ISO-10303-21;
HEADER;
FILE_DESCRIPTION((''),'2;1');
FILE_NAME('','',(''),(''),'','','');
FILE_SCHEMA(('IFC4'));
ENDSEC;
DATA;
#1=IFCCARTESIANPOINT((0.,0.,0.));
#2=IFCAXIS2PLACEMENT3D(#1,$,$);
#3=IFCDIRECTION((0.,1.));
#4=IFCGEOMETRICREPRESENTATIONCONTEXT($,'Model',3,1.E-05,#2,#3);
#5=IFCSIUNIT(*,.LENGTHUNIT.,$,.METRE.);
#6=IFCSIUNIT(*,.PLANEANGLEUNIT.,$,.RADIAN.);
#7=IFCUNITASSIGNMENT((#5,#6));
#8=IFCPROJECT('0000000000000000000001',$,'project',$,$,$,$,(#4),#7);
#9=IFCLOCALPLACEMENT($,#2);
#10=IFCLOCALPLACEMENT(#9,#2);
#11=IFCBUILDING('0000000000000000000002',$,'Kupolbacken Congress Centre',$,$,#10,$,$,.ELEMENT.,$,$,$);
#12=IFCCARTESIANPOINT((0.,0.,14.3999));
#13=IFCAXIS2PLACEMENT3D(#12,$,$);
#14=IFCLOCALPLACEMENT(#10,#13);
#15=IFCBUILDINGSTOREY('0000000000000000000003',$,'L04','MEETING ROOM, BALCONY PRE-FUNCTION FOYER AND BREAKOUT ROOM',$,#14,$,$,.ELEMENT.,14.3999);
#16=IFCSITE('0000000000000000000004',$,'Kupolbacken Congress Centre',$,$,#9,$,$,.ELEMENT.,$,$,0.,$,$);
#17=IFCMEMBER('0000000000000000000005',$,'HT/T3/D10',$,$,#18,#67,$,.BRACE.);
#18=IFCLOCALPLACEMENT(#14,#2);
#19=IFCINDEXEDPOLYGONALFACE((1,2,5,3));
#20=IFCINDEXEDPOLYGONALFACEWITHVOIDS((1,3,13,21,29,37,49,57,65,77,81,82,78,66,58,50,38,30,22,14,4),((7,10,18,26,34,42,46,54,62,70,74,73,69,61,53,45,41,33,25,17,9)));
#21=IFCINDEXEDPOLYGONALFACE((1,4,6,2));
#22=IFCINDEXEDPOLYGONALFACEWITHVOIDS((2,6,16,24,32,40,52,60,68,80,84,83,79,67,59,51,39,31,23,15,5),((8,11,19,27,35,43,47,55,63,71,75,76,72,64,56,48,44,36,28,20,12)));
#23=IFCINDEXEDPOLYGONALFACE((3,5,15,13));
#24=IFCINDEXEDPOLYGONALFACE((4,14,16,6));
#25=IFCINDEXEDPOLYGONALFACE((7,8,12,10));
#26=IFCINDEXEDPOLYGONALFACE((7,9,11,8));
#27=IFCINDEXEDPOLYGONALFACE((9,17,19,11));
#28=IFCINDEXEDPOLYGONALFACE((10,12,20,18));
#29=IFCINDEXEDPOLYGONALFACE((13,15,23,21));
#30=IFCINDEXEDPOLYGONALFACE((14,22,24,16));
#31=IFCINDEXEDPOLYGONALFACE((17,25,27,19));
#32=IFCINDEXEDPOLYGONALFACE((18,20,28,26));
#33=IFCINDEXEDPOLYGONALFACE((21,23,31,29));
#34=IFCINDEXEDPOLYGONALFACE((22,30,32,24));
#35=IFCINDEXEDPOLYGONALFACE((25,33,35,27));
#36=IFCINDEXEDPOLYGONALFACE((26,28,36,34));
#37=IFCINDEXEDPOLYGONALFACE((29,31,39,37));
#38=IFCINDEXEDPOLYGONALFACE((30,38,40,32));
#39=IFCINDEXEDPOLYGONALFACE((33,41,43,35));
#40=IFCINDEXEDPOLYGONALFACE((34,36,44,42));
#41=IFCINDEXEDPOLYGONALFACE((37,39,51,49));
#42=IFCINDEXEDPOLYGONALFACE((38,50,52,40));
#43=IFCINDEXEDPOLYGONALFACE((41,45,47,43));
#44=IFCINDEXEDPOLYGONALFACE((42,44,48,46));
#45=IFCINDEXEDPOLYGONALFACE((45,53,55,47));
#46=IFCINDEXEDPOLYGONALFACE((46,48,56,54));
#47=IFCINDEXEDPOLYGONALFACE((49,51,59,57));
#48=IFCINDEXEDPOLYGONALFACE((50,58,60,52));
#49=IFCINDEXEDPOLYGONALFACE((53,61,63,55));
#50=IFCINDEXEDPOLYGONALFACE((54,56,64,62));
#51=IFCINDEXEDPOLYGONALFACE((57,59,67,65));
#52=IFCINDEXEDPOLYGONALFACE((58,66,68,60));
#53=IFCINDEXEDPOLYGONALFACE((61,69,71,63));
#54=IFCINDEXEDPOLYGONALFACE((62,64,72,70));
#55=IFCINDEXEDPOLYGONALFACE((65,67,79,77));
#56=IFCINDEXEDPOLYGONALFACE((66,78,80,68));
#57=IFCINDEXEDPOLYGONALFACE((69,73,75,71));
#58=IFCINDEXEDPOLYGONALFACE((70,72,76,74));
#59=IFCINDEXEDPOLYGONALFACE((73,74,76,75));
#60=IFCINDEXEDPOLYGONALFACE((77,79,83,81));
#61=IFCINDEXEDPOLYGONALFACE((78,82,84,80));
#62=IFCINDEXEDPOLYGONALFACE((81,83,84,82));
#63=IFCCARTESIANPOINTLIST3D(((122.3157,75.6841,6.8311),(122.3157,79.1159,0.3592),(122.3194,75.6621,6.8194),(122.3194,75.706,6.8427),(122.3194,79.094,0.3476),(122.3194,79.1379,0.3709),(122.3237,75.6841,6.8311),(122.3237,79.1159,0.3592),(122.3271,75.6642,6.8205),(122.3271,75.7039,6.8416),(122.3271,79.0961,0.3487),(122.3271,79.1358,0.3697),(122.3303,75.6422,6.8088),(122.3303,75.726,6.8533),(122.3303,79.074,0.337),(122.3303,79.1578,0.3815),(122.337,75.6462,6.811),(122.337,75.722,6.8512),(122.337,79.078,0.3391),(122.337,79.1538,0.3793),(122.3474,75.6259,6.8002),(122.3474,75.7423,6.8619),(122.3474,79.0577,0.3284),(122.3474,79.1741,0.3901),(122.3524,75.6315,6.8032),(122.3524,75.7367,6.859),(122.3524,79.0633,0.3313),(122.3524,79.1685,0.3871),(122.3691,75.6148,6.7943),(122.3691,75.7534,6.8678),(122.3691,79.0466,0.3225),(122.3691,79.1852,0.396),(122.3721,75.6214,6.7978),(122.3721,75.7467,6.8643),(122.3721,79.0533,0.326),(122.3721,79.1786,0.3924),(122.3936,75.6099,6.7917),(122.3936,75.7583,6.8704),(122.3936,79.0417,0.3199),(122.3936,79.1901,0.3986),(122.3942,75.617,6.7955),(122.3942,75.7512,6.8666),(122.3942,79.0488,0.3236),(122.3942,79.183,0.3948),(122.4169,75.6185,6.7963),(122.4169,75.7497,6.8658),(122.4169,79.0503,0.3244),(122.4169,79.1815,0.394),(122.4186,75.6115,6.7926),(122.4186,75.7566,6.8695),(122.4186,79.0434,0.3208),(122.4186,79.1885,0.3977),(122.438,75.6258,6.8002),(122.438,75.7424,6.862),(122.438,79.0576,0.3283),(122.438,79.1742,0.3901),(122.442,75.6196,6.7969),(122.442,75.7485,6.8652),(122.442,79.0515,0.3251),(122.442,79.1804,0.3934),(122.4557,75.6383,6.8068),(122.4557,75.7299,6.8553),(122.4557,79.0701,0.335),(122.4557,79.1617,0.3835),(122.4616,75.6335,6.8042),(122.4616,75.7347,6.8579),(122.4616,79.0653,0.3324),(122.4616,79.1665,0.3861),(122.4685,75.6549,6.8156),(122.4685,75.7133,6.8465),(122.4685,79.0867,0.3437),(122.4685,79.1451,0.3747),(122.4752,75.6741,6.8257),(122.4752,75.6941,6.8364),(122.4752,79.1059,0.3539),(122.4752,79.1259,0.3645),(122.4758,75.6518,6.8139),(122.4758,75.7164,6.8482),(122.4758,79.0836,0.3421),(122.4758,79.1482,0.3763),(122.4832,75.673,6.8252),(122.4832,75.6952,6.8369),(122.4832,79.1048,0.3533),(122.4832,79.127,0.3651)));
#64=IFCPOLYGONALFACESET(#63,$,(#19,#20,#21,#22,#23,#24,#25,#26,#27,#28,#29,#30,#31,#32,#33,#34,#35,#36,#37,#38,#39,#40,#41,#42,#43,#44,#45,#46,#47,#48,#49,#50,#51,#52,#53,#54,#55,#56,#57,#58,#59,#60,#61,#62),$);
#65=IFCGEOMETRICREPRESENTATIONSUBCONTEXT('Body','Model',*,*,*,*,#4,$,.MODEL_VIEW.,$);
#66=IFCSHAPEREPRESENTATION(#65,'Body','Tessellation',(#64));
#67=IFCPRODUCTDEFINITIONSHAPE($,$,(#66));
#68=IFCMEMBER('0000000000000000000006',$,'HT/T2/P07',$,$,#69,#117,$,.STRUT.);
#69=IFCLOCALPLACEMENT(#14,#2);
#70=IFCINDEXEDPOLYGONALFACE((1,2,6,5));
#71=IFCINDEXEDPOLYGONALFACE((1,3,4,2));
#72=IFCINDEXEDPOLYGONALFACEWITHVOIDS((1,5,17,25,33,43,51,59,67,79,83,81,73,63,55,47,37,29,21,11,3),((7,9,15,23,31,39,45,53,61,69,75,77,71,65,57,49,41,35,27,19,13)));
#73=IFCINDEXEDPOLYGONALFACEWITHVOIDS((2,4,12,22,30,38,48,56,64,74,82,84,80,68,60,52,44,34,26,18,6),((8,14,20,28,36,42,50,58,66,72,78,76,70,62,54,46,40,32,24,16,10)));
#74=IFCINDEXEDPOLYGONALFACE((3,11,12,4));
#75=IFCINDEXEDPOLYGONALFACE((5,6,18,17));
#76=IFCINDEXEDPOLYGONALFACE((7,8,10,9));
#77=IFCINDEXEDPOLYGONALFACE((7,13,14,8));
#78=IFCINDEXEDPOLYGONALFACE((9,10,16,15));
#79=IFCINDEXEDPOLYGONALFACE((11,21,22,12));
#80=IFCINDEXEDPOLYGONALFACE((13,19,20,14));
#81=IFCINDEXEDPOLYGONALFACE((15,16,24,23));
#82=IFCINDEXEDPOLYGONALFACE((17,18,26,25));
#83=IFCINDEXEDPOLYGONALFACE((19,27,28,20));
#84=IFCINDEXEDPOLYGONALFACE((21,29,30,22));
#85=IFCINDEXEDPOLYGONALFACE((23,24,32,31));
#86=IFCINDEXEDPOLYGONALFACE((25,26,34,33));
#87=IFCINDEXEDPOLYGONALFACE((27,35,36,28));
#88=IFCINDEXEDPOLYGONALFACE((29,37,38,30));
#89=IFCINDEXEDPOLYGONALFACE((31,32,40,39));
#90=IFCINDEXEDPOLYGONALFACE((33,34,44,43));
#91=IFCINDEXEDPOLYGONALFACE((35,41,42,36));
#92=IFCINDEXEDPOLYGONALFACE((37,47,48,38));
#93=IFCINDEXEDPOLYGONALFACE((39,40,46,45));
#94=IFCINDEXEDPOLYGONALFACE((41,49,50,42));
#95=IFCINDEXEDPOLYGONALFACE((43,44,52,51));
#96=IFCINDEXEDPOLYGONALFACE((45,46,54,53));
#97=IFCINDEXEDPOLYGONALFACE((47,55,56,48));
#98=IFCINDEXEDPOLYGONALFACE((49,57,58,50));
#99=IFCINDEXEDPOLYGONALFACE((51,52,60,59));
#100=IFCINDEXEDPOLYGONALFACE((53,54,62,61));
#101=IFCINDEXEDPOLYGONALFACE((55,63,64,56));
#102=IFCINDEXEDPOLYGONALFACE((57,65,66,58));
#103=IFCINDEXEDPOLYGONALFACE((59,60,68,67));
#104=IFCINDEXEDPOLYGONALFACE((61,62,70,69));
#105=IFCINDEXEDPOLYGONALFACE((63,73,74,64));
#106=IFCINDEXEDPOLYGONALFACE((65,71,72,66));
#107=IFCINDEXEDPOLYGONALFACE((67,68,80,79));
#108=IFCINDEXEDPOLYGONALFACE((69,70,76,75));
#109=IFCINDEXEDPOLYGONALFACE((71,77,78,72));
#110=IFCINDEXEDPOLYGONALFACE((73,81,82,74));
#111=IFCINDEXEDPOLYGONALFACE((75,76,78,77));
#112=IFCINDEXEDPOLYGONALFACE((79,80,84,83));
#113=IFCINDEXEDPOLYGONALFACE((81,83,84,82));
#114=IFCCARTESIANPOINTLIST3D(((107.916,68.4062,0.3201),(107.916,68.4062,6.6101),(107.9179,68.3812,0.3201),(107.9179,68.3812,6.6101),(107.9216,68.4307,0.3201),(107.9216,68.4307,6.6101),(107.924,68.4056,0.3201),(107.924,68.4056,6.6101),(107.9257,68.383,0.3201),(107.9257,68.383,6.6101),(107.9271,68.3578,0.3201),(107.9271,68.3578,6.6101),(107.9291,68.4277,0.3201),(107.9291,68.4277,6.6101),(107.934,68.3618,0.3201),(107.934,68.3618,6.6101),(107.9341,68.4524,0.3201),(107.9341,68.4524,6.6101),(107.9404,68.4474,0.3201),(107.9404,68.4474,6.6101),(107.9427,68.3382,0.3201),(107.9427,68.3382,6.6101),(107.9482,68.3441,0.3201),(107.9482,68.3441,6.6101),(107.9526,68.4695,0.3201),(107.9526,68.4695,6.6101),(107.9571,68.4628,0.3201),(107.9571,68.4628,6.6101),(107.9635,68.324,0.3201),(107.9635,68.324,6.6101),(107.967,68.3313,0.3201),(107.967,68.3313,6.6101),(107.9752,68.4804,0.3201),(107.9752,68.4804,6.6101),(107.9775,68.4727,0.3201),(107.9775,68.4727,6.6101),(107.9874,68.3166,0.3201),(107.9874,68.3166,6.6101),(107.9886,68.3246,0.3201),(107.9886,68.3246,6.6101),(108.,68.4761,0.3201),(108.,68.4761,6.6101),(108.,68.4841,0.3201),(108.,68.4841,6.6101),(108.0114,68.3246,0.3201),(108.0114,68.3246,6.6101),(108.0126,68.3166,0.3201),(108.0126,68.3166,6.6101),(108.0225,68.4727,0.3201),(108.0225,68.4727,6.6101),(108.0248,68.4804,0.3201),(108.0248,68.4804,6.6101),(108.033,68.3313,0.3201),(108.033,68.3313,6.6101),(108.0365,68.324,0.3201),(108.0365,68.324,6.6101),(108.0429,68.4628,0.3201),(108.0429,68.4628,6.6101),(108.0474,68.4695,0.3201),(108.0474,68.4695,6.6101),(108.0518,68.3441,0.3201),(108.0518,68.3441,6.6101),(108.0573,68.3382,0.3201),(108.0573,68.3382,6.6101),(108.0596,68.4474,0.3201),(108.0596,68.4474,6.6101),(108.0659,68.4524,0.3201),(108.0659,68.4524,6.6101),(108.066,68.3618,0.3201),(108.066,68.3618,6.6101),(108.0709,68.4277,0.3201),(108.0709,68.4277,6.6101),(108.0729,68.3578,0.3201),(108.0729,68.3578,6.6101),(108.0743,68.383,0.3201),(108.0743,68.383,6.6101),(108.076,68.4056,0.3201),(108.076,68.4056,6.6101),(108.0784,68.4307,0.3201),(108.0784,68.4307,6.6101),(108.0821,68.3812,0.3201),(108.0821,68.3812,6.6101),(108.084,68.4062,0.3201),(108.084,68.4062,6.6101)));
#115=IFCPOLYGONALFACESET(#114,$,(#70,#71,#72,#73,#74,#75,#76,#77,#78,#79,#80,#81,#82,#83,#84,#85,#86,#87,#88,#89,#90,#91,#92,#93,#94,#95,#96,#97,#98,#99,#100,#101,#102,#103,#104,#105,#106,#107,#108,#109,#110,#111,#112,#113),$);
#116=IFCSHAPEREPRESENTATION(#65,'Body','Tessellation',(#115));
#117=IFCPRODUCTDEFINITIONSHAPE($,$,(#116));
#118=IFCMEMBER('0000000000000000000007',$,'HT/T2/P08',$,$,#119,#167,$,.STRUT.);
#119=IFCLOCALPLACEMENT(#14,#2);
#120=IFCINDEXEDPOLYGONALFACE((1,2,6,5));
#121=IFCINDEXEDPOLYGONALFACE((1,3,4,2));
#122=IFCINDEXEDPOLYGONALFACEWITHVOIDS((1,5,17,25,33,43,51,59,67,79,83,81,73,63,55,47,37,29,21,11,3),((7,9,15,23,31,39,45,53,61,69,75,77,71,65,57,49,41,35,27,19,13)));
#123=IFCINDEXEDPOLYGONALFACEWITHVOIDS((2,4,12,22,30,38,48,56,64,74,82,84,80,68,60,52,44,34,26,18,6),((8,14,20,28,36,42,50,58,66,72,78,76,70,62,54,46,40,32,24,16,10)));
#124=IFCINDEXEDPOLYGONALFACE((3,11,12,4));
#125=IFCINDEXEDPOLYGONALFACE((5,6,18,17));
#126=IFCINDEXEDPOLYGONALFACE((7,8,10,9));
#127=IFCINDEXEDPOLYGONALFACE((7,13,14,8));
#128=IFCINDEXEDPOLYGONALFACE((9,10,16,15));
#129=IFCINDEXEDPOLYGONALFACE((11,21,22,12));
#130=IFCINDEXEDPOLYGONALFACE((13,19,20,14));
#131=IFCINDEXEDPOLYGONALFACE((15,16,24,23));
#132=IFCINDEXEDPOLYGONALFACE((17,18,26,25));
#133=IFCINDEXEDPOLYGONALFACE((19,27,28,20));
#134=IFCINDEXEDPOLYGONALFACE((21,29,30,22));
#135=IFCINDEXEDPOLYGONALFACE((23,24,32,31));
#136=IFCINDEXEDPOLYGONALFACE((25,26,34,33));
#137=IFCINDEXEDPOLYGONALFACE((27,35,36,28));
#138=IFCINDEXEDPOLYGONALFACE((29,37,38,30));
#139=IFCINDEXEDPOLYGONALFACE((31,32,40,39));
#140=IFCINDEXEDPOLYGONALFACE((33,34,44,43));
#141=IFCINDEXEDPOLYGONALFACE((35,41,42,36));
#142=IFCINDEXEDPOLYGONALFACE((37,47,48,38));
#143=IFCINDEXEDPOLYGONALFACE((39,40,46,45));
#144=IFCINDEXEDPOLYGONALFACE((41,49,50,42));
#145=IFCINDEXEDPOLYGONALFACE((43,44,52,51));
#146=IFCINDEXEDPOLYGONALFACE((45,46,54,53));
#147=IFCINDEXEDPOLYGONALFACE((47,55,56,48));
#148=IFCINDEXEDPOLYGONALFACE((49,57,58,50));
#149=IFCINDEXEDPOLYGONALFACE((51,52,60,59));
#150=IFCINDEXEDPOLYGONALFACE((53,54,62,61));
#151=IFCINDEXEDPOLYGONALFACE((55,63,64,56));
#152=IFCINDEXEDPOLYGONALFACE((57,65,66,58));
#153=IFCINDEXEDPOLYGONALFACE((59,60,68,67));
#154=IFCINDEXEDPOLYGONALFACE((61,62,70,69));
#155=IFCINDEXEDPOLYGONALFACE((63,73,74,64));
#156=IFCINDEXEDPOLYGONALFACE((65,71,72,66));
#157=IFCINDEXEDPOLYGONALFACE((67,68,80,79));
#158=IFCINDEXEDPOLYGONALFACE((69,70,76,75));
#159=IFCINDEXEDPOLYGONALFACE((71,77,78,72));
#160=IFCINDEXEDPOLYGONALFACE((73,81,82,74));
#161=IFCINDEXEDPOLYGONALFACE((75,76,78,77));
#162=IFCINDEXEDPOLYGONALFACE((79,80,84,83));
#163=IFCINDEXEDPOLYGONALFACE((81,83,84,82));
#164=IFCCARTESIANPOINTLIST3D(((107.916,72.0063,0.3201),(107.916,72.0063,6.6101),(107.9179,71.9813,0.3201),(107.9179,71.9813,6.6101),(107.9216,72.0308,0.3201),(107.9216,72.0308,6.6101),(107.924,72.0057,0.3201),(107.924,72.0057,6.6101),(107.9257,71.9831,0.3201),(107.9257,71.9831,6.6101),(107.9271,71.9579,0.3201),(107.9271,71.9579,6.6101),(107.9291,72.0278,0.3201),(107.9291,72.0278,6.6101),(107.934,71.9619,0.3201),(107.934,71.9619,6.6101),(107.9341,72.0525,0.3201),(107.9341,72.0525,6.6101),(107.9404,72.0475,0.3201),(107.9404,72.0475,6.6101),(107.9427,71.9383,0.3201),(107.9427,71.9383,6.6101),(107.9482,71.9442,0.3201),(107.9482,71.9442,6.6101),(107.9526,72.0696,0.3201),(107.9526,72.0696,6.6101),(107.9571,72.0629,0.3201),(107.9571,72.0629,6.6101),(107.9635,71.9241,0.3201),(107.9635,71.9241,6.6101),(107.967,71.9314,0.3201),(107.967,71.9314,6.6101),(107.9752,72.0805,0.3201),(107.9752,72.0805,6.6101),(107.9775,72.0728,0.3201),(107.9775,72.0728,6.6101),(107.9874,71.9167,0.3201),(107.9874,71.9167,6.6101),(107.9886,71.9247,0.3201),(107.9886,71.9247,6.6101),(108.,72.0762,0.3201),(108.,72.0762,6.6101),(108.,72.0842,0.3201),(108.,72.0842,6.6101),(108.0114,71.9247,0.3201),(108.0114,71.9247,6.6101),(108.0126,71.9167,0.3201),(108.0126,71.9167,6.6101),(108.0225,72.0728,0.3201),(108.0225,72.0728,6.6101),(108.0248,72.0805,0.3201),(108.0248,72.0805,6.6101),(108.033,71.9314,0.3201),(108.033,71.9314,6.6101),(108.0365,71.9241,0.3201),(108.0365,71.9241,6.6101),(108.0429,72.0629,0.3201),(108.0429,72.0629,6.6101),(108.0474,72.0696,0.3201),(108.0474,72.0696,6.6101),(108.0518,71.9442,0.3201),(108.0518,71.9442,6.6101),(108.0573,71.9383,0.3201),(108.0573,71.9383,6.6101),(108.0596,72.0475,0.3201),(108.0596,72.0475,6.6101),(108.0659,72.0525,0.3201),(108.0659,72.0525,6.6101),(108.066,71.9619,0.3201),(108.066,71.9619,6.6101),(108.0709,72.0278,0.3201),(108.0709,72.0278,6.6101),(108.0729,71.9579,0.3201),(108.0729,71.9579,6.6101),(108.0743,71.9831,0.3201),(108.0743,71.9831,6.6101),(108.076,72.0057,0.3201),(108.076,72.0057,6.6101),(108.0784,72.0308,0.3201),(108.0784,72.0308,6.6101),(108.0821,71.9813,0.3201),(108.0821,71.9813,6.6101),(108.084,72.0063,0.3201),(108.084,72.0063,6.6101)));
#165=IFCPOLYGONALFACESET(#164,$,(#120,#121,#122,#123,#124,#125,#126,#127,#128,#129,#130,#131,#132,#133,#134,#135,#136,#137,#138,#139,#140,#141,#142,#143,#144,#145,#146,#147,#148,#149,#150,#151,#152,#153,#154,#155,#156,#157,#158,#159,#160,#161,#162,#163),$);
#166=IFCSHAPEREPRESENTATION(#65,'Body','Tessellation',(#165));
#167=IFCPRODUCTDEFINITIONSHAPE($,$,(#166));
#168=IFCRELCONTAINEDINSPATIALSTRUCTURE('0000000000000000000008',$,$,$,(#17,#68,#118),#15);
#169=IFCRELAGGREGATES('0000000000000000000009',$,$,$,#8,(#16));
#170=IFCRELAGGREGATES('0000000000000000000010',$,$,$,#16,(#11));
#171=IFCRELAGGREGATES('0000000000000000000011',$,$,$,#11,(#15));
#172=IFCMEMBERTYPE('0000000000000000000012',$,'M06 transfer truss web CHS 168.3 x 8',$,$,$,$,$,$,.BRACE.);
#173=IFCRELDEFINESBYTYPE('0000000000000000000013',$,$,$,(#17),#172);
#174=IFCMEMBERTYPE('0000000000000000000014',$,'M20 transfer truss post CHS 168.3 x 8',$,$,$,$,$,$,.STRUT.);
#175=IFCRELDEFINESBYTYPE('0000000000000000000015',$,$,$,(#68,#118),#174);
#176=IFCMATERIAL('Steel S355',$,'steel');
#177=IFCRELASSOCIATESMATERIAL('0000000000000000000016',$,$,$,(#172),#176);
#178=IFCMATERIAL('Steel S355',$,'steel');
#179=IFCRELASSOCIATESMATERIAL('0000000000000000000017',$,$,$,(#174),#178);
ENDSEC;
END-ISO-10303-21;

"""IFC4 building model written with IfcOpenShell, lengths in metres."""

from ifc_helpers import new_model, si_unit, direction, frame, origin, origin_2d, place, context, subcontext, project, spatial, hollow_circle, extrude, material, material_profile, profile_set, type_object, element, save


model = new_model("IFC4")

# Units and contexts
model_context = context("Model", 3, precision=1e-05, world=origin(), true_north=direction((0.0, 1.0)))
body_context = subcontext(model_context, "Body", "Model", "MODEL_VIEW")
ifc_project = project(units=[si_unit("LENGTHUNIT", "METRE"), si_unit("PLANEANGLEUNIT", "RADIAN")], contexts=[model_context])

# Site, building, storey
site_placement = place(None, origin())
site = spatial("IfcSite", under=ifc_project, at=site_placement, Name="Kupolbacken Congress Centre", CompositionType="ELEMENT", RefElevation=0.0)
building_placement = place(site_placement, origin())
building = spatial("IfcBuilding", under=site, at=building_placement, Name="Kupolbacken Congress Centre", CompositionType="ELEMENT")
storey_placement = place(building_placement, frame((0.0, 0.0, 14.3999)))
storey = spatial("IfcBuildingStorey", under=building, at=storey_placement, Name="L04", Description="MEETING ROOM, BALCONY PRE-FUNCTION FOYER AND BREAKOUT ROOM", CompositionType="ELEMENT", Elevation=14.3999)

# Members
ifc_material_1 = material(Name="Steel S355", Category="steel")
ifc_material_profile_1 = material_profile(ifc_material_1, hollow_circle(Radius=0.0842, WallThickness=0.0081, at=origin_2d()), Name="CHS 168.3 x 8")
ifc_profile_set_1 = profile_set([ifc_material_profile_1], Name="Steel S355")
member_type_1 = type_object("IfcMemberType", Name="M06 transfer truss web CHS 168.3 x 8", PredefinedType="BRACE", material=ifc_profile_set_1)
for number, where, z_axis, x_axis, name in (
    (1, (122.3999, 75.6841, 6.8311), (0.0, 0.468482, -0.883473), (-1.0, 0.0, 0.0), "HT/T3/D10"),
):
    element("IfcMember", number, at=place(storey_placement, frame(where, z_axis=z_axis, x_axis=x_axis)), inside=storey, type_object=member_type_1, Name=name, PredefinedType="BRACE", context=body_context, shape_type="SweptSolid", body=[
        extrude(hollow_circle(Radius=0.0842, WallThickness=0.0081, at=origin_2d()), origin(), (0.0, 0.0, 1.0), 7.3254),
    ])
ifc_material_2 = material(Name="Steel S355", Category="steel")
ifc_material_profile_2 = material_profile(ifc_material_2, hollow_circle(Radius=0.0842, WallThickness=0.0081, at=origin_2d()), Name="CHS 168.3 x 8")
ifc_profile_set_2 = profile_set([ifc_material_profile_2], Name="Steel S355")
member_type_2 = type_object("IfcMemberType", Name="M20 transfer truss post CHS 168.3 x 8", PredefinedType="STRUT", material=ifc_profile_set_2)
for number, where, z_axis, x_axis, name in (
    (2, (108.0, 68.3999, 0.3201), (0.0, 0.0, 1.0), (0.0, 1.0, 0.0), "HT/T2/P07"),
    (3, (108.0, 72.0, 0.3201), (0.0, 0.0, 1.0), (0.0, 1.0, 0.0), "HT/T2/P08"),
):
    element("IfcMember", number, at=place(storey_placement, frame(where, z_axis=z_axis, x_axis=x_axis)), inside=storey, type_object=member_type_2, Name=name, PredefinedType="STRUT", context=body_context, shape_type="SweptSolid", body=[
        extrude(hollow_circle(Radius=0.0842, WallThickness=0.0081, at=origin_2d()), origin(), (0.0, 0.0, 1.0), 6.29),
    ])

save(model, "model.ifc")
